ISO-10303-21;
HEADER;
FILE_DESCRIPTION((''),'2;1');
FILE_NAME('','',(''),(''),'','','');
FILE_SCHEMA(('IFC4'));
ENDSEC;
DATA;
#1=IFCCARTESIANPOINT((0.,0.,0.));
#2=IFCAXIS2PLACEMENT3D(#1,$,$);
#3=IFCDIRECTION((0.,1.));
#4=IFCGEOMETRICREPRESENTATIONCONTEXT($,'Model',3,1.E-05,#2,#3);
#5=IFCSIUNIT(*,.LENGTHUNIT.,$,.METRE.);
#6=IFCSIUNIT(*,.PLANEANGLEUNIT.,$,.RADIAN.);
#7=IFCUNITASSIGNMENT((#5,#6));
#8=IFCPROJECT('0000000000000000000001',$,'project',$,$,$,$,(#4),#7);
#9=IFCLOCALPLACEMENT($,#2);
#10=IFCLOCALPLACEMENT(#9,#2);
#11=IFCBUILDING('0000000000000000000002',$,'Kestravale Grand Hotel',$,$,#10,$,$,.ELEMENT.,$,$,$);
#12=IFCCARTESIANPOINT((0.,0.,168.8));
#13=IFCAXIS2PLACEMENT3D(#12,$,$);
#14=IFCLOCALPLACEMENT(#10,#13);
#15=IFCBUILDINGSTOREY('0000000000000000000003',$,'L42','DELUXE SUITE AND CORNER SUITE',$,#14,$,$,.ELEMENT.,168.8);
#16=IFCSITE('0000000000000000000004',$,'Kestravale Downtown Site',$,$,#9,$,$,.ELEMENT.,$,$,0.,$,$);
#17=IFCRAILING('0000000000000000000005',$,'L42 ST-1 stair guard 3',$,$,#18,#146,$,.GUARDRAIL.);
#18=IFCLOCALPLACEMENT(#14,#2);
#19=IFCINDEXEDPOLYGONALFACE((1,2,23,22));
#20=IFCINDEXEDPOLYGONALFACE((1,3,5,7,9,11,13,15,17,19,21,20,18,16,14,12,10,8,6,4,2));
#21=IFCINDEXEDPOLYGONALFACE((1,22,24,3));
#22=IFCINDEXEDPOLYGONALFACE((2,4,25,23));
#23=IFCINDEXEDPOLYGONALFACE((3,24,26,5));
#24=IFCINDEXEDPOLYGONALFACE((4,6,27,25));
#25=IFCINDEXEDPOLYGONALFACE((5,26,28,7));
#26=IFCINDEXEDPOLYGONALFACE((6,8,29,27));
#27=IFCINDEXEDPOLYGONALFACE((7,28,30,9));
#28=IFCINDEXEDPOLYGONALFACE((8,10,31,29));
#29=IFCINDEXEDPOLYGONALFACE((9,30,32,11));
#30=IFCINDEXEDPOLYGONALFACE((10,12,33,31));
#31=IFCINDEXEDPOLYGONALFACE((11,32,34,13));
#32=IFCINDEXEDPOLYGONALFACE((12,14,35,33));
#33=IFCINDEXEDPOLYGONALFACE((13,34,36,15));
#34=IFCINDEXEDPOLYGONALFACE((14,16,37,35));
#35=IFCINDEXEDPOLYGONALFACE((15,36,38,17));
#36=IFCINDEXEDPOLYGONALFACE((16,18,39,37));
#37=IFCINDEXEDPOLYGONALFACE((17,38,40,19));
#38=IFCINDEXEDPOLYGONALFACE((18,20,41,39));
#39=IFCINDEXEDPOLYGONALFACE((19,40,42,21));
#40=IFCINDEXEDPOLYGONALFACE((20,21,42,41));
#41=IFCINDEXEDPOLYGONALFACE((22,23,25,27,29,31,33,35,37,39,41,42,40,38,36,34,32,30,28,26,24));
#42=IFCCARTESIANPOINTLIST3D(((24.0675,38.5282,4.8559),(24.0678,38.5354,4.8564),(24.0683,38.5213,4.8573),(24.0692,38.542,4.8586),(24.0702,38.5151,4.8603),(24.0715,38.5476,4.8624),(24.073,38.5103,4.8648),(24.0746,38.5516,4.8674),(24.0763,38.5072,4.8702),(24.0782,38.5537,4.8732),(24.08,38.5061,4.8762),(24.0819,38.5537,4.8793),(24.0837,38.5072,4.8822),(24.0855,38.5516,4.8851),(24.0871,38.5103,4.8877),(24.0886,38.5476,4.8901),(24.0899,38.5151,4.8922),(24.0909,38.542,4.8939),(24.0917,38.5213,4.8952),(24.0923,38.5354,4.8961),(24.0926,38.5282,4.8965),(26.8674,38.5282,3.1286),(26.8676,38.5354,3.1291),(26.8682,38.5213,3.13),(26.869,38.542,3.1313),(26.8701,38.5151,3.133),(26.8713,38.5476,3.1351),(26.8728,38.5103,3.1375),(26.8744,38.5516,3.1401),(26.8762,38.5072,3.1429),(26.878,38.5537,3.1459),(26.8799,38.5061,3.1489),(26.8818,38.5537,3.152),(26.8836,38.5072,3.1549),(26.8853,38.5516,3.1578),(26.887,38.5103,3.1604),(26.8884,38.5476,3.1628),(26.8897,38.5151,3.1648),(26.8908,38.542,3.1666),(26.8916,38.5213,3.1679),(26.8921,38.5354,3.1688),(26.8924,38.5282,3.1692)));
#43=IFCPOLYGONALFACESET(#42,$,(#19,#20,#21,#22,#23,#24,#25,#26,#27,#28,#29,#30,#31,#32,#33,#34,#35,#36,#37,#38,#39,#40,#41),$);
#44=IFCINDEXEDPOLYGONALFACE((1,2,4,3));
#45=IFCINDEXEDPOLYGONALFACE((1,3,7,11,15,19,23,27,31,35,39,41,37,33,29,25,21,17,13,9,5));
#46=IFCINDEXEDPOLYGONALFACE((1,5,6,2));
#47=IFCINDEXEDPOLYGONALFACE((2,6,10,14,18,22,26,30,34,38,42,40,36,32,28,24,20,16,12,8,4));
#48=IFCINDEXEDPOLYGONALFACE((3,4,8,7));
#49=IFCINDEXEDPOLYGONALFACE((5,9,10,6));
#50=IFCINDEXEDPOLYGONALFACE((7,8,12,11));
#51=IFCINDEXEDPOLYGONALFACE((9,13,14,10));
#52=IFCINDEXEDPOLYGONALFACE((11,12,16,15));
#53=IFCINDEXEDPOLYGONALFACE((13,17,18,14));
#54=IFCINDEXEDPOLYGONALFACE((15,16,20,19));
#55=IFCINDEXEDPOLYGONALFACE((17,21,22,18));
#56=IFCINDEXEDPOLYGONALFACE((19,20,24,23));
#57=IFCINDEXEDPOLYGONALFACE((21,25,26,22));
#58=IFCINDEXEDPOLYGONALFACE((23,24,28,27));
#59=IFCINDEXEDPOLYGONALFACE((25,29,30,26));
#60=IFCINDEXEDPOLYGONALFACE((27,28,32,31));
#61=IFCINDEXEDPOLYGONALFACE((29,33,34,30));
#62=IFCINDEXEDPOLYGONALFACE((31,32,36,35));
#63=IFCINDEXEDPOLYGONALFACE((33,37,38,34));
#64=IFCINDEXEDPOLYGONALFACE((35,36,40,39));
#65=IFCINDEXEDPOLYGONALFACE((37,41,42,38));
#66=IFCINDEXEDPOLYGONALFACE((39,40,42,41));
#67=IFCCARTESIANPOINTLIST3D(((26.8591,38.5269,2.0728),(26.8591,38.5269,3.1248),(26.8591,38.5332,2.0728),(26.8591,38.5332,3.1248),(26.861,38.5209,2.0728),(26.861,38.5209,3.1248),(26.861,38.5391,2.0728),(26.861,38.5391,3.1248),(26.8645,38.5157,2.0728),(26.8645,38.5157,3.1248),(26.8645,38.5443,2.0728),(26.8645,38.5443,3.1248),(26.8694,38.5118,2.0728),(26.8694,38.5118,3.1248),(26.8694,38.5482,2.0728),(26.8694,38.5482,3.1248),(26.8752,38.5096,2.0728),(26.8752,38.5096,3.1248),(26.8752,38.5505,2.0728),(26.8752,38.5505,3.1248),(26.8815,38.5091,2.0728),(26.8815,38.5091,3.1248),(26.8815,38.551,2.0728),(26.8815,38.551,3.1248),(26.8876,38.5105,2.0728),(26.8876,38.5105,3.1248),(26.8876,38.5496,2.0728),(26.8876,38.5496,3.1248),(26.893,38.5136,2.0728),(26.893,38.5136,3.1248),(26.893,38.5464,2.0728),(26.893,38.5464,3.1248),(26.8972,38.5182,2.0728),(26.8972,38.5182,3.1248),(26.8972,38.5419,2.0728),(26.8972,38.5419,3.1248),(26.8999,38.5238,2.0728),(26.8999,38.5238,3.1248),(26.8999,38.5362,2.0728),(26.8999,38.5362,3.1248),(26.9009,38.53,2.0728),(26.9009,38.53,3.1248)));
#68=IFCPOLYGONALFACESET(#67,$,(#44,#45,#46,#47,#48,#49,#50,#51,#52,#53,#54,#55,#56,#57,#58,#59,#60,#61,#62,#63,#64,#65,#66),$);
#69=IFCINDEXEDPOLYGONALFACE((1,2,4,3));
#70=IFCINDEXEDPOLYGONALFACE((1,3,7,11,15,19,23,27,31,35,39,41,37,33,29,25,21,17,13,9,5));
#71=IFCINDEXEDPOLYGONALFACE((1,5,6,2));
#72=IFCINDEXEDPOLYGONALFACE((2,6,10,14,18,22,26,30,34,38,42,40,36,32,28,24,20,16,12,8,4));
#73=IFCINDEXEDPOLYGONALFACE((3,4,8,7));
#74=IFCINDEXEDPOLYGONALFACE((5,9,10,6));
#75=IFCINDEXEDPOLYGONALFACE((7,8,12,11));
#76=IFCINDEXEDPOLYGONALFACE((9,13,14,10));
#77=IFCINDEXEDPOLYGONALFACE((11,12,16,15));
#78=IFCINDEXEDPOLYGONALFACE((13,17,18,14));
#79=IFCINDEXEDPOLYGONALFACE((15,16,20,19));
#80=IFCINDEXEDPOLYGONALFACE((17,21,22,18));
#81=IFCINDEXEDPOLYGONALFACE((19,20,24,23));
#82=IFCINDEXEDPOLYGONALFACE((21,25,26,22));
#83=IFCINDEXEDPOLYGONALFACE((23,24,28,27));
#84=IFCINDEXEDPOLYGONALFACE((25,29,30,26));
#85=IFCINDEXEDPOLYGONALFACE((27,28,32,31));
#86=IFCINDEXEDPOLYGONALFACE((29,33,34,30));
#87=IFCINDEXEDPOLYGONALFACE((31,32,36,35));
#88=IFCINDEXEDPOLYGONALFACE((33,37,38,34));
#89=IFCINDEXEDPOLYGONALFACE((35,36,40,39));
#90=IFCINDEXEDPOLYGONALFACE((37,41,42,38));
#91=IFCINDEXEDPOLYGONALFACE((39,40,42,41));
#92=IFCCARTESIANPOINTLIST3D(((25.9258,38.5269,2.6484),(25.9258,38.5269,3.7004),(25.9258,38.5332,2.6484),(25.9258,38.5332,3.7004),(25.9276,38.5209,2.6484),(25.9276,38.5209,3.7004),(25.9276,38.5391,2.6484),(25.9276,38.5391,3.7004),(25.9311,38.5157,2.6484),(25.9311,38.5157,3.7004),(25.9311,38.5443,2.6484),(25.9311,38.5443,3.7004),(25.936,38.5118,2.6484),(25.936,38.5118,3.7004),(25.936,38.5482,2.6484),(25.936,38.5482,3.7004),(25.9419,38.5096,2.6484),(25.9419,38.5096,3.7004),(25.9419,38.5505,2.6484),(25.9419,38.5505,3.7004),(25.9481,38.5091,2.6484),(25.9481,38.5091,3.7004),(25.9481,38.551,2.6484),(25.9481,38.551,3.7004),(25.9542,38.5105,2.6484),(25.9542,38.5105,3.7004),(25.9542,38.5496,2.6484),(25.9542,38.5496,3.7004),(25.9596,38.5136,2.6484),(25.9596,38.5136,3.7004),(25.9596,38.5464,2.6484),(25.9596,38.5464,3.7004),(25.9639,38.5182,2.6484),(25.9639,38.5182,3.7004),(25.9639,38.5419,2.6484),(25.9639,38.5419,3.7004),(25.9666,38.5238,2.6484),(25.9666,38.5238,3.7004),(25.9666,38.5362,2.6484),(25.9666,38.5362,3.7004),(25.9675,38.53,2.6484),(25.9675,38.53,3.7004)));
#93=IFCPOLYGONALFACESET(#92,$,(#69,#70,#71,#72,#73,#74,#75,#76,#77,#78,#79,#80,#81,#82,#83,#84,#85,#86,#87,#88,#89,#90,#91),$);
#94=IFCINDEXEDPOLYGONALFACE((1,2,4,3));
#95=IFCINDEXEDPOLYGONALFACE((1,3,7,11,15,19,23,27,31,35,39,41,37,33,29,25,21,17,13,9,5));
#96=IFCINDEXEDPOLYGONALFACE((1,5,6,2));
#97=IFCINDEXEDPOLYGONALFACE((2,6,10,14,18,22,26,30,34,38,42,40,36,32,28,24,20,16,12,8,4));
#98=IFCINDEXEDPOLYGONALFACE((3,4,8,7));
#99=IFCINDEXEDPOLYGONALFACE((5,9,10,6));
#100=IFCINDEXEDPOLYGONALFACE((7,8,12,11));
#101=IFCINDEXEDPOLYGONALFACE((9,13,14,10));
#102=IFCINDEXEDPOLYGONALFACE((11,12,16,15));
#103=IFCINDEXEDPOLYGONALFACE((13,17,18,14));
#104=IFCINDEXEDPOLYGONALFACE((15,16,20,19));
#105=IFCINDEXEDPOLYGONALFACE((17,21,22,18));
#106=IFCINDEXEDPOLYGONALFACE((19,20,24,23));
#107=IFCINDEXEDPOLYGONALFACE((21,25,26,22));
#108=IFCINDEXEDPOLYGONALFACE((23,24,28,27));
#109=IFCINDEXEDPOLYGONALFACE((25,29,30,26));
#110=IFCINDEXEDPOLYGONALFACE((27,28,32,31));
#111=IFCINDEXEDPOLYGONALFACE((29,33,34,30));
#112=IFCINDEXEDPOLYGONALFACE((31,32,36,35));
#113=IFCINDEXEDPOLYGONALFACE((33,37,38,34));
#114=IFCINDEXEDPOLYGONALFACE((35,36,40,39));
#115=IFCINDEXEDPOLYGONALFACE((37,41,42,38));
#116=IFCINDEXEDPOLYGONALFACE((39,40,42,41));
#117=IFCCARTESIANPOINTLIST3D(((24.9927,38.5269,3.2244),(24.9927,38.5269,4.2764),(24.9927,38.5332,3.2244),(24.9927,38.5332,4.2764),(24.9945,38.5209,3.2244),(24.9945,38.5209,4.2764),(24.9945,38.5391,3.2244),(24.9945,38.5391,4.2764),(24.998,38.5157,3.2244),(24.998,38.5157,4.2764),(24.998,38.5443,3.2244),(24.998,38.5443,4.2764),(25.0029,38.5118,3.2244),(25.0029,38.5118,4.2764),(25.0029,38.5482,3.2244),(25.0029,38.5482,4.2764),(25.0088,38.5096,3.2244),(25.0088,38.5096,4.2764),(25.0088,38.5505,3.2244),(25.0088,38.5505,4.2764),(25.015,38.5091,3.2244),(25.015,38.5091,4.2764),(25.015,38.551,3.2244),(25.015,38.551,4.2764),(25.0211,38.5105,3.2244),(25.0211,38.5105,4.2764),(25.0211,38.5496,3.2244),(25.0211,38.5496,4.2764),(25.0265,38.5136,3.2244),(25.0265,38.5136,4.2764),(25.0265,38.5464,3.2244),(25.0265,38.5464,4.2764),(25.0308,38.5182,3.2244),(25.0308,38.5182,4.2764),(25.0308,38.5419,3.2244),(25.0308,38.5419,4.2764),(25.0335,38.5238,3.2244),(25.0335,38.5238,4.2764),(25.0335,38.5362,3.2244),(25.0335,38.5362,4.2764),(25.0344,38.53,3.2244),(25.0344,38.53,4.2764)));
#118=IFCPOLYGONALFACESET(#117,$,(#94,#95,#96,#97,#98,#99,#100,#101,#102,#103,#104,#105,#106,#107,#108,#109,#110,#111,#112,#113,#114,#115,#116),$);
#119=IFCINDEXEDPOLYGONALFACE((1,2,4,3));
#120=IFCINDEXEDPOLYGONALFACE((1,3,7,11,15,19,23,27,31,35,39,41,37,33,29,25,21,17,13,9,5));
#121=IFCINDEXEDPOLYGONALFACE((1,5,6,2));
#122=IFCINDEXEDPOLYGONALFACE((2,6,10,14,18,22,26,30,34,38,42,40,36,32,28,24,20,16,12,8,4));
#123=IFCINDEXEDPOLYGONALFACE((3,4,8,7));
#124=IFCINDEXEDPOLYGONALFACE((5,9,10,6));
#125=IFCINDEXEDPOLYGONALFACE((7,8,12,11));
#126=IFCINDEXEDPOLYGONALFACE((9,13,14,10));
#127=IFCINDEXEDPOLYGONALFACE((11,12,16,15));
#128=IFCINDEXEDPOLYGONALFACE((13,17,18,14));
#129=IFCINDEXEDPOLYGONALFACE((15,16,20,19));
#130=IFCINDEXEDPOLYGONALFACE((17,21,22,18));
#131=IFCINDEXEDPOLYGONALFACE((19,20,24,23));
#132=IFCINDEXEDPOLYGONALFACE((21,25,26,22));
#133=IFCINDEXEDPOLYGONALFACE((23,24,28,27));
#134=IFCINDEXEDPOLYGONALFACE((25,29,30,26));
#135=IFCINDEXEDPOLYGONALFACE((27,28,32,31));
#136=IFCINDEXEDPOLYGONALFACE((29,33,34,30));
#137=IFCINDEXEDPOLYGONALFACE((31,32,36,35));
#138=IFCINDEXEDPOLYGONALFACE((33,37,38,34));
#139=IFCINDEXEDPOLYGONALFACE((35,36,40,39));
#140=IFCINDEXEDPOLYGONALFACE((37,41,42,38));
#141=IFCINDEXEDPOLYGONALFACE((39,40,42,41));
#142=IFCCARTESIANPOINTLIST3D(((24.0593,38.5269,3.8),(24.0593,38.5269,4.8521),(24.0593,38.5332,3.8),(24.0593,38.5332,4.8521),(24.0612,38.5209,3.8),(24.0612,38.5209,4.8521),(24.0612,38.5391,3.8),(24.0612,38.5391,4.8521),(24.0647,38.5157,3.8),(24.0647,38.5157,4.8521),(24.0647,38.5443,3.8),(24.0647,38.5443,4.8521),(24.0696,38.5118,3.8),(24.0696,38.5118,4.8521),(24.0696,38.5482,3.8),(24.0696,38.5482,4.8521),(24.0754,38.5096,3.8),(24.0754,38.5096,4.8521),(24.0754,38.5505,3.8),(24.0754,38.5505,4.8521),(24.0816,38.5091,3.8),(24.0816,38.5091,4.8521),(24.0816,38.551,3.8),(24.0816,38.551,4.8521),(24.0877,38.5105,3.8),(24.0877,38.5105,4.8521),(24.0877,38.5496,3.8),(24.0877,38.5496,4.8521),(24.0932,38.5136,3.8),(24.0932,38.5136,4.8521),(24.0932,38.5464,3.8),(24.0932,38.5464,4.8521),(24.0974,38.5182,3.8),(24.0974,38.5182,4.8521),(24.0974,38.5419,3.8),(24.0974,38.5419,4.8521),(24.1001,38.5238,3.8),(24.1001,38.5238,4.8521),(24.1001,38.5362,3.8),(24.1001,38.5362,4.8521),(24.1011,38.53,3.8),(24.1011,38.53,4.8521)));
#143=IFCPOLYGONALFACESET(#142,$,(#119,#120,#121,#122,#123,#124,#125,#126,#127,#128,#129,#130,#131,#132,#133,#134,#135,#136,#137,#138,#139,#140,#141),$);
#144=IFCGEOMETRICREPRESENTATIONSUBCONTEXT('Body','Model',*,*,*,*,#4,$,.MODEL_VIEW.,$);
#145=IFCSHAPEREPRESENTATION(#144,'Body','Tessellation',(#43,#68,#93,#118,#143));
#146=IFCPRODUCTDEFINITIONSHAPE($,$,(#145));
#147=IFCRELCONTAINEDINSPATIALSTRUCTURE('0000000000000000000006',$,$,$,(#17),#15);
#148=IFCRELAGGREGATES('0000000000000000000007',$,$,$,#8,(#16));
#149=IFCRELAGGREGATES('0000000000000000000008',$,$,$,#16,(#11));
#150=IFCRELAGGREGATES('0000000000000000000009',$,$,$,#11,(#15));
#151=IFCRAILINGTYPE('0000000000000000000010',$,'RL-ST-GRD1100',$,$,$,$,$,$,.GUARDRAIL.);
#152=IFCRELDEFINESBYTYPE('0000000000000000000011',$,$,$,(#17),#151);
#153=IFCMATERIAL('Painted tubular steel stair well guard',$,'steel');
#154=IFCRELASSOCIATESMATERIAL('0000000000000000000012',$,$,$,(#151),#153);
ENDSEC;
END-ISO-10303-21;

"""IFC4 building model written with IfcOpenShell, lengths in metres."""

from ifc_helpers import new_model, si_unit, direction, frame, origin, origin_2d, place, context, subcontext, project, spatial, circle, extrude, material, type_object, element, save


model = new_model("IFC4")

# Units and contexts
model_context = context("Model", 3, precision=1e-05, world=origin(), true_north=direction((0.0, 1.0)))
body_context = subcontext(model_context, "Body", "Model", "MODEL_VIEW")
ifc_project = project(units=[si_unit("LENGTHUNIT", "METRE"), si_unit("PLANEANGLEUNIT", "RADIAN")], contexts=[model_context])

# Site, building, storey
site_placement = place(None, origin())
site = spatial("IfcSite", under=ifc_project, at=site_placement, Name="Kestravale Downtown Site", CompositionType="ELEMENT", RefElevation=0.0)
building_placement = place(site_placement, origin())
building = spatial("IfcBuilding", under=site, at=building_placement, Name="Kestravale Grand Hotel", CompositionType="ELEMENT")
storey_placement = place(building_placement, frame((0.0, 0.0, 168.8)))
storey = spatial("IfcBuildingStorey", under=building, at=storey_placement, Name="L42", Description="DELUXE SUITE AND CORNER SUITE", CompositionType="ELEMENT", Elevation=168.8)

# Railing
ifc_material_1 = material(Name="Painted tubular steel stair well guard", Category="steel")
railing_type_1 = type_object("IfcRailingType", Name="RL-ST-GRD1100", PredefinedType="GUARDRAIL", material=ifc_material_1)
railing_1_placement = place(storey_placement, frame((26.8799, 38.53, 2.0728)))
element("IfcRailing", 1, at=railing_1_placement, inside=storey, type_object=railing_type_1, Name="L42 ST-1 stair guard 3", PredefinedType="GUARDRAIL", context=body_context, shape_type="SweptSolid", body=[
    extrude(circle(Radius=0.0239, at=origin_2d()), frame((0.0, 0.0, 1.0762), z_axis=(-0.851069, 0.0, 0.525054), x_axis=(0.0, -1.0, 0.0)), (0.0, 0.0, 1.0), 3.2898),
    extrude(circle(Radius=0.021, at=origin_2d()), origin(), (0.0, 0.0, 1.0), 1.052),
    extrude(circle(Radius=0.021, at=origin_2d()), frame((-0.9333, 0.0, 0.5757)), (0.0, 0.0, 1.0), 1.052),
    extrude(circle(Radius=0.021, at=origin_2d()), frame((-1.8665, 0.0, 1.1516)), (0.0, 0.0, 1.0), 1.052),
    extrude(circle(Radius=0.021, at=origin_2d()), frame((-2.7998, 0.0, 1.7273)), (0.0, 0.0, 1.0), 1.052),
])

save(model, "model.ifc")
